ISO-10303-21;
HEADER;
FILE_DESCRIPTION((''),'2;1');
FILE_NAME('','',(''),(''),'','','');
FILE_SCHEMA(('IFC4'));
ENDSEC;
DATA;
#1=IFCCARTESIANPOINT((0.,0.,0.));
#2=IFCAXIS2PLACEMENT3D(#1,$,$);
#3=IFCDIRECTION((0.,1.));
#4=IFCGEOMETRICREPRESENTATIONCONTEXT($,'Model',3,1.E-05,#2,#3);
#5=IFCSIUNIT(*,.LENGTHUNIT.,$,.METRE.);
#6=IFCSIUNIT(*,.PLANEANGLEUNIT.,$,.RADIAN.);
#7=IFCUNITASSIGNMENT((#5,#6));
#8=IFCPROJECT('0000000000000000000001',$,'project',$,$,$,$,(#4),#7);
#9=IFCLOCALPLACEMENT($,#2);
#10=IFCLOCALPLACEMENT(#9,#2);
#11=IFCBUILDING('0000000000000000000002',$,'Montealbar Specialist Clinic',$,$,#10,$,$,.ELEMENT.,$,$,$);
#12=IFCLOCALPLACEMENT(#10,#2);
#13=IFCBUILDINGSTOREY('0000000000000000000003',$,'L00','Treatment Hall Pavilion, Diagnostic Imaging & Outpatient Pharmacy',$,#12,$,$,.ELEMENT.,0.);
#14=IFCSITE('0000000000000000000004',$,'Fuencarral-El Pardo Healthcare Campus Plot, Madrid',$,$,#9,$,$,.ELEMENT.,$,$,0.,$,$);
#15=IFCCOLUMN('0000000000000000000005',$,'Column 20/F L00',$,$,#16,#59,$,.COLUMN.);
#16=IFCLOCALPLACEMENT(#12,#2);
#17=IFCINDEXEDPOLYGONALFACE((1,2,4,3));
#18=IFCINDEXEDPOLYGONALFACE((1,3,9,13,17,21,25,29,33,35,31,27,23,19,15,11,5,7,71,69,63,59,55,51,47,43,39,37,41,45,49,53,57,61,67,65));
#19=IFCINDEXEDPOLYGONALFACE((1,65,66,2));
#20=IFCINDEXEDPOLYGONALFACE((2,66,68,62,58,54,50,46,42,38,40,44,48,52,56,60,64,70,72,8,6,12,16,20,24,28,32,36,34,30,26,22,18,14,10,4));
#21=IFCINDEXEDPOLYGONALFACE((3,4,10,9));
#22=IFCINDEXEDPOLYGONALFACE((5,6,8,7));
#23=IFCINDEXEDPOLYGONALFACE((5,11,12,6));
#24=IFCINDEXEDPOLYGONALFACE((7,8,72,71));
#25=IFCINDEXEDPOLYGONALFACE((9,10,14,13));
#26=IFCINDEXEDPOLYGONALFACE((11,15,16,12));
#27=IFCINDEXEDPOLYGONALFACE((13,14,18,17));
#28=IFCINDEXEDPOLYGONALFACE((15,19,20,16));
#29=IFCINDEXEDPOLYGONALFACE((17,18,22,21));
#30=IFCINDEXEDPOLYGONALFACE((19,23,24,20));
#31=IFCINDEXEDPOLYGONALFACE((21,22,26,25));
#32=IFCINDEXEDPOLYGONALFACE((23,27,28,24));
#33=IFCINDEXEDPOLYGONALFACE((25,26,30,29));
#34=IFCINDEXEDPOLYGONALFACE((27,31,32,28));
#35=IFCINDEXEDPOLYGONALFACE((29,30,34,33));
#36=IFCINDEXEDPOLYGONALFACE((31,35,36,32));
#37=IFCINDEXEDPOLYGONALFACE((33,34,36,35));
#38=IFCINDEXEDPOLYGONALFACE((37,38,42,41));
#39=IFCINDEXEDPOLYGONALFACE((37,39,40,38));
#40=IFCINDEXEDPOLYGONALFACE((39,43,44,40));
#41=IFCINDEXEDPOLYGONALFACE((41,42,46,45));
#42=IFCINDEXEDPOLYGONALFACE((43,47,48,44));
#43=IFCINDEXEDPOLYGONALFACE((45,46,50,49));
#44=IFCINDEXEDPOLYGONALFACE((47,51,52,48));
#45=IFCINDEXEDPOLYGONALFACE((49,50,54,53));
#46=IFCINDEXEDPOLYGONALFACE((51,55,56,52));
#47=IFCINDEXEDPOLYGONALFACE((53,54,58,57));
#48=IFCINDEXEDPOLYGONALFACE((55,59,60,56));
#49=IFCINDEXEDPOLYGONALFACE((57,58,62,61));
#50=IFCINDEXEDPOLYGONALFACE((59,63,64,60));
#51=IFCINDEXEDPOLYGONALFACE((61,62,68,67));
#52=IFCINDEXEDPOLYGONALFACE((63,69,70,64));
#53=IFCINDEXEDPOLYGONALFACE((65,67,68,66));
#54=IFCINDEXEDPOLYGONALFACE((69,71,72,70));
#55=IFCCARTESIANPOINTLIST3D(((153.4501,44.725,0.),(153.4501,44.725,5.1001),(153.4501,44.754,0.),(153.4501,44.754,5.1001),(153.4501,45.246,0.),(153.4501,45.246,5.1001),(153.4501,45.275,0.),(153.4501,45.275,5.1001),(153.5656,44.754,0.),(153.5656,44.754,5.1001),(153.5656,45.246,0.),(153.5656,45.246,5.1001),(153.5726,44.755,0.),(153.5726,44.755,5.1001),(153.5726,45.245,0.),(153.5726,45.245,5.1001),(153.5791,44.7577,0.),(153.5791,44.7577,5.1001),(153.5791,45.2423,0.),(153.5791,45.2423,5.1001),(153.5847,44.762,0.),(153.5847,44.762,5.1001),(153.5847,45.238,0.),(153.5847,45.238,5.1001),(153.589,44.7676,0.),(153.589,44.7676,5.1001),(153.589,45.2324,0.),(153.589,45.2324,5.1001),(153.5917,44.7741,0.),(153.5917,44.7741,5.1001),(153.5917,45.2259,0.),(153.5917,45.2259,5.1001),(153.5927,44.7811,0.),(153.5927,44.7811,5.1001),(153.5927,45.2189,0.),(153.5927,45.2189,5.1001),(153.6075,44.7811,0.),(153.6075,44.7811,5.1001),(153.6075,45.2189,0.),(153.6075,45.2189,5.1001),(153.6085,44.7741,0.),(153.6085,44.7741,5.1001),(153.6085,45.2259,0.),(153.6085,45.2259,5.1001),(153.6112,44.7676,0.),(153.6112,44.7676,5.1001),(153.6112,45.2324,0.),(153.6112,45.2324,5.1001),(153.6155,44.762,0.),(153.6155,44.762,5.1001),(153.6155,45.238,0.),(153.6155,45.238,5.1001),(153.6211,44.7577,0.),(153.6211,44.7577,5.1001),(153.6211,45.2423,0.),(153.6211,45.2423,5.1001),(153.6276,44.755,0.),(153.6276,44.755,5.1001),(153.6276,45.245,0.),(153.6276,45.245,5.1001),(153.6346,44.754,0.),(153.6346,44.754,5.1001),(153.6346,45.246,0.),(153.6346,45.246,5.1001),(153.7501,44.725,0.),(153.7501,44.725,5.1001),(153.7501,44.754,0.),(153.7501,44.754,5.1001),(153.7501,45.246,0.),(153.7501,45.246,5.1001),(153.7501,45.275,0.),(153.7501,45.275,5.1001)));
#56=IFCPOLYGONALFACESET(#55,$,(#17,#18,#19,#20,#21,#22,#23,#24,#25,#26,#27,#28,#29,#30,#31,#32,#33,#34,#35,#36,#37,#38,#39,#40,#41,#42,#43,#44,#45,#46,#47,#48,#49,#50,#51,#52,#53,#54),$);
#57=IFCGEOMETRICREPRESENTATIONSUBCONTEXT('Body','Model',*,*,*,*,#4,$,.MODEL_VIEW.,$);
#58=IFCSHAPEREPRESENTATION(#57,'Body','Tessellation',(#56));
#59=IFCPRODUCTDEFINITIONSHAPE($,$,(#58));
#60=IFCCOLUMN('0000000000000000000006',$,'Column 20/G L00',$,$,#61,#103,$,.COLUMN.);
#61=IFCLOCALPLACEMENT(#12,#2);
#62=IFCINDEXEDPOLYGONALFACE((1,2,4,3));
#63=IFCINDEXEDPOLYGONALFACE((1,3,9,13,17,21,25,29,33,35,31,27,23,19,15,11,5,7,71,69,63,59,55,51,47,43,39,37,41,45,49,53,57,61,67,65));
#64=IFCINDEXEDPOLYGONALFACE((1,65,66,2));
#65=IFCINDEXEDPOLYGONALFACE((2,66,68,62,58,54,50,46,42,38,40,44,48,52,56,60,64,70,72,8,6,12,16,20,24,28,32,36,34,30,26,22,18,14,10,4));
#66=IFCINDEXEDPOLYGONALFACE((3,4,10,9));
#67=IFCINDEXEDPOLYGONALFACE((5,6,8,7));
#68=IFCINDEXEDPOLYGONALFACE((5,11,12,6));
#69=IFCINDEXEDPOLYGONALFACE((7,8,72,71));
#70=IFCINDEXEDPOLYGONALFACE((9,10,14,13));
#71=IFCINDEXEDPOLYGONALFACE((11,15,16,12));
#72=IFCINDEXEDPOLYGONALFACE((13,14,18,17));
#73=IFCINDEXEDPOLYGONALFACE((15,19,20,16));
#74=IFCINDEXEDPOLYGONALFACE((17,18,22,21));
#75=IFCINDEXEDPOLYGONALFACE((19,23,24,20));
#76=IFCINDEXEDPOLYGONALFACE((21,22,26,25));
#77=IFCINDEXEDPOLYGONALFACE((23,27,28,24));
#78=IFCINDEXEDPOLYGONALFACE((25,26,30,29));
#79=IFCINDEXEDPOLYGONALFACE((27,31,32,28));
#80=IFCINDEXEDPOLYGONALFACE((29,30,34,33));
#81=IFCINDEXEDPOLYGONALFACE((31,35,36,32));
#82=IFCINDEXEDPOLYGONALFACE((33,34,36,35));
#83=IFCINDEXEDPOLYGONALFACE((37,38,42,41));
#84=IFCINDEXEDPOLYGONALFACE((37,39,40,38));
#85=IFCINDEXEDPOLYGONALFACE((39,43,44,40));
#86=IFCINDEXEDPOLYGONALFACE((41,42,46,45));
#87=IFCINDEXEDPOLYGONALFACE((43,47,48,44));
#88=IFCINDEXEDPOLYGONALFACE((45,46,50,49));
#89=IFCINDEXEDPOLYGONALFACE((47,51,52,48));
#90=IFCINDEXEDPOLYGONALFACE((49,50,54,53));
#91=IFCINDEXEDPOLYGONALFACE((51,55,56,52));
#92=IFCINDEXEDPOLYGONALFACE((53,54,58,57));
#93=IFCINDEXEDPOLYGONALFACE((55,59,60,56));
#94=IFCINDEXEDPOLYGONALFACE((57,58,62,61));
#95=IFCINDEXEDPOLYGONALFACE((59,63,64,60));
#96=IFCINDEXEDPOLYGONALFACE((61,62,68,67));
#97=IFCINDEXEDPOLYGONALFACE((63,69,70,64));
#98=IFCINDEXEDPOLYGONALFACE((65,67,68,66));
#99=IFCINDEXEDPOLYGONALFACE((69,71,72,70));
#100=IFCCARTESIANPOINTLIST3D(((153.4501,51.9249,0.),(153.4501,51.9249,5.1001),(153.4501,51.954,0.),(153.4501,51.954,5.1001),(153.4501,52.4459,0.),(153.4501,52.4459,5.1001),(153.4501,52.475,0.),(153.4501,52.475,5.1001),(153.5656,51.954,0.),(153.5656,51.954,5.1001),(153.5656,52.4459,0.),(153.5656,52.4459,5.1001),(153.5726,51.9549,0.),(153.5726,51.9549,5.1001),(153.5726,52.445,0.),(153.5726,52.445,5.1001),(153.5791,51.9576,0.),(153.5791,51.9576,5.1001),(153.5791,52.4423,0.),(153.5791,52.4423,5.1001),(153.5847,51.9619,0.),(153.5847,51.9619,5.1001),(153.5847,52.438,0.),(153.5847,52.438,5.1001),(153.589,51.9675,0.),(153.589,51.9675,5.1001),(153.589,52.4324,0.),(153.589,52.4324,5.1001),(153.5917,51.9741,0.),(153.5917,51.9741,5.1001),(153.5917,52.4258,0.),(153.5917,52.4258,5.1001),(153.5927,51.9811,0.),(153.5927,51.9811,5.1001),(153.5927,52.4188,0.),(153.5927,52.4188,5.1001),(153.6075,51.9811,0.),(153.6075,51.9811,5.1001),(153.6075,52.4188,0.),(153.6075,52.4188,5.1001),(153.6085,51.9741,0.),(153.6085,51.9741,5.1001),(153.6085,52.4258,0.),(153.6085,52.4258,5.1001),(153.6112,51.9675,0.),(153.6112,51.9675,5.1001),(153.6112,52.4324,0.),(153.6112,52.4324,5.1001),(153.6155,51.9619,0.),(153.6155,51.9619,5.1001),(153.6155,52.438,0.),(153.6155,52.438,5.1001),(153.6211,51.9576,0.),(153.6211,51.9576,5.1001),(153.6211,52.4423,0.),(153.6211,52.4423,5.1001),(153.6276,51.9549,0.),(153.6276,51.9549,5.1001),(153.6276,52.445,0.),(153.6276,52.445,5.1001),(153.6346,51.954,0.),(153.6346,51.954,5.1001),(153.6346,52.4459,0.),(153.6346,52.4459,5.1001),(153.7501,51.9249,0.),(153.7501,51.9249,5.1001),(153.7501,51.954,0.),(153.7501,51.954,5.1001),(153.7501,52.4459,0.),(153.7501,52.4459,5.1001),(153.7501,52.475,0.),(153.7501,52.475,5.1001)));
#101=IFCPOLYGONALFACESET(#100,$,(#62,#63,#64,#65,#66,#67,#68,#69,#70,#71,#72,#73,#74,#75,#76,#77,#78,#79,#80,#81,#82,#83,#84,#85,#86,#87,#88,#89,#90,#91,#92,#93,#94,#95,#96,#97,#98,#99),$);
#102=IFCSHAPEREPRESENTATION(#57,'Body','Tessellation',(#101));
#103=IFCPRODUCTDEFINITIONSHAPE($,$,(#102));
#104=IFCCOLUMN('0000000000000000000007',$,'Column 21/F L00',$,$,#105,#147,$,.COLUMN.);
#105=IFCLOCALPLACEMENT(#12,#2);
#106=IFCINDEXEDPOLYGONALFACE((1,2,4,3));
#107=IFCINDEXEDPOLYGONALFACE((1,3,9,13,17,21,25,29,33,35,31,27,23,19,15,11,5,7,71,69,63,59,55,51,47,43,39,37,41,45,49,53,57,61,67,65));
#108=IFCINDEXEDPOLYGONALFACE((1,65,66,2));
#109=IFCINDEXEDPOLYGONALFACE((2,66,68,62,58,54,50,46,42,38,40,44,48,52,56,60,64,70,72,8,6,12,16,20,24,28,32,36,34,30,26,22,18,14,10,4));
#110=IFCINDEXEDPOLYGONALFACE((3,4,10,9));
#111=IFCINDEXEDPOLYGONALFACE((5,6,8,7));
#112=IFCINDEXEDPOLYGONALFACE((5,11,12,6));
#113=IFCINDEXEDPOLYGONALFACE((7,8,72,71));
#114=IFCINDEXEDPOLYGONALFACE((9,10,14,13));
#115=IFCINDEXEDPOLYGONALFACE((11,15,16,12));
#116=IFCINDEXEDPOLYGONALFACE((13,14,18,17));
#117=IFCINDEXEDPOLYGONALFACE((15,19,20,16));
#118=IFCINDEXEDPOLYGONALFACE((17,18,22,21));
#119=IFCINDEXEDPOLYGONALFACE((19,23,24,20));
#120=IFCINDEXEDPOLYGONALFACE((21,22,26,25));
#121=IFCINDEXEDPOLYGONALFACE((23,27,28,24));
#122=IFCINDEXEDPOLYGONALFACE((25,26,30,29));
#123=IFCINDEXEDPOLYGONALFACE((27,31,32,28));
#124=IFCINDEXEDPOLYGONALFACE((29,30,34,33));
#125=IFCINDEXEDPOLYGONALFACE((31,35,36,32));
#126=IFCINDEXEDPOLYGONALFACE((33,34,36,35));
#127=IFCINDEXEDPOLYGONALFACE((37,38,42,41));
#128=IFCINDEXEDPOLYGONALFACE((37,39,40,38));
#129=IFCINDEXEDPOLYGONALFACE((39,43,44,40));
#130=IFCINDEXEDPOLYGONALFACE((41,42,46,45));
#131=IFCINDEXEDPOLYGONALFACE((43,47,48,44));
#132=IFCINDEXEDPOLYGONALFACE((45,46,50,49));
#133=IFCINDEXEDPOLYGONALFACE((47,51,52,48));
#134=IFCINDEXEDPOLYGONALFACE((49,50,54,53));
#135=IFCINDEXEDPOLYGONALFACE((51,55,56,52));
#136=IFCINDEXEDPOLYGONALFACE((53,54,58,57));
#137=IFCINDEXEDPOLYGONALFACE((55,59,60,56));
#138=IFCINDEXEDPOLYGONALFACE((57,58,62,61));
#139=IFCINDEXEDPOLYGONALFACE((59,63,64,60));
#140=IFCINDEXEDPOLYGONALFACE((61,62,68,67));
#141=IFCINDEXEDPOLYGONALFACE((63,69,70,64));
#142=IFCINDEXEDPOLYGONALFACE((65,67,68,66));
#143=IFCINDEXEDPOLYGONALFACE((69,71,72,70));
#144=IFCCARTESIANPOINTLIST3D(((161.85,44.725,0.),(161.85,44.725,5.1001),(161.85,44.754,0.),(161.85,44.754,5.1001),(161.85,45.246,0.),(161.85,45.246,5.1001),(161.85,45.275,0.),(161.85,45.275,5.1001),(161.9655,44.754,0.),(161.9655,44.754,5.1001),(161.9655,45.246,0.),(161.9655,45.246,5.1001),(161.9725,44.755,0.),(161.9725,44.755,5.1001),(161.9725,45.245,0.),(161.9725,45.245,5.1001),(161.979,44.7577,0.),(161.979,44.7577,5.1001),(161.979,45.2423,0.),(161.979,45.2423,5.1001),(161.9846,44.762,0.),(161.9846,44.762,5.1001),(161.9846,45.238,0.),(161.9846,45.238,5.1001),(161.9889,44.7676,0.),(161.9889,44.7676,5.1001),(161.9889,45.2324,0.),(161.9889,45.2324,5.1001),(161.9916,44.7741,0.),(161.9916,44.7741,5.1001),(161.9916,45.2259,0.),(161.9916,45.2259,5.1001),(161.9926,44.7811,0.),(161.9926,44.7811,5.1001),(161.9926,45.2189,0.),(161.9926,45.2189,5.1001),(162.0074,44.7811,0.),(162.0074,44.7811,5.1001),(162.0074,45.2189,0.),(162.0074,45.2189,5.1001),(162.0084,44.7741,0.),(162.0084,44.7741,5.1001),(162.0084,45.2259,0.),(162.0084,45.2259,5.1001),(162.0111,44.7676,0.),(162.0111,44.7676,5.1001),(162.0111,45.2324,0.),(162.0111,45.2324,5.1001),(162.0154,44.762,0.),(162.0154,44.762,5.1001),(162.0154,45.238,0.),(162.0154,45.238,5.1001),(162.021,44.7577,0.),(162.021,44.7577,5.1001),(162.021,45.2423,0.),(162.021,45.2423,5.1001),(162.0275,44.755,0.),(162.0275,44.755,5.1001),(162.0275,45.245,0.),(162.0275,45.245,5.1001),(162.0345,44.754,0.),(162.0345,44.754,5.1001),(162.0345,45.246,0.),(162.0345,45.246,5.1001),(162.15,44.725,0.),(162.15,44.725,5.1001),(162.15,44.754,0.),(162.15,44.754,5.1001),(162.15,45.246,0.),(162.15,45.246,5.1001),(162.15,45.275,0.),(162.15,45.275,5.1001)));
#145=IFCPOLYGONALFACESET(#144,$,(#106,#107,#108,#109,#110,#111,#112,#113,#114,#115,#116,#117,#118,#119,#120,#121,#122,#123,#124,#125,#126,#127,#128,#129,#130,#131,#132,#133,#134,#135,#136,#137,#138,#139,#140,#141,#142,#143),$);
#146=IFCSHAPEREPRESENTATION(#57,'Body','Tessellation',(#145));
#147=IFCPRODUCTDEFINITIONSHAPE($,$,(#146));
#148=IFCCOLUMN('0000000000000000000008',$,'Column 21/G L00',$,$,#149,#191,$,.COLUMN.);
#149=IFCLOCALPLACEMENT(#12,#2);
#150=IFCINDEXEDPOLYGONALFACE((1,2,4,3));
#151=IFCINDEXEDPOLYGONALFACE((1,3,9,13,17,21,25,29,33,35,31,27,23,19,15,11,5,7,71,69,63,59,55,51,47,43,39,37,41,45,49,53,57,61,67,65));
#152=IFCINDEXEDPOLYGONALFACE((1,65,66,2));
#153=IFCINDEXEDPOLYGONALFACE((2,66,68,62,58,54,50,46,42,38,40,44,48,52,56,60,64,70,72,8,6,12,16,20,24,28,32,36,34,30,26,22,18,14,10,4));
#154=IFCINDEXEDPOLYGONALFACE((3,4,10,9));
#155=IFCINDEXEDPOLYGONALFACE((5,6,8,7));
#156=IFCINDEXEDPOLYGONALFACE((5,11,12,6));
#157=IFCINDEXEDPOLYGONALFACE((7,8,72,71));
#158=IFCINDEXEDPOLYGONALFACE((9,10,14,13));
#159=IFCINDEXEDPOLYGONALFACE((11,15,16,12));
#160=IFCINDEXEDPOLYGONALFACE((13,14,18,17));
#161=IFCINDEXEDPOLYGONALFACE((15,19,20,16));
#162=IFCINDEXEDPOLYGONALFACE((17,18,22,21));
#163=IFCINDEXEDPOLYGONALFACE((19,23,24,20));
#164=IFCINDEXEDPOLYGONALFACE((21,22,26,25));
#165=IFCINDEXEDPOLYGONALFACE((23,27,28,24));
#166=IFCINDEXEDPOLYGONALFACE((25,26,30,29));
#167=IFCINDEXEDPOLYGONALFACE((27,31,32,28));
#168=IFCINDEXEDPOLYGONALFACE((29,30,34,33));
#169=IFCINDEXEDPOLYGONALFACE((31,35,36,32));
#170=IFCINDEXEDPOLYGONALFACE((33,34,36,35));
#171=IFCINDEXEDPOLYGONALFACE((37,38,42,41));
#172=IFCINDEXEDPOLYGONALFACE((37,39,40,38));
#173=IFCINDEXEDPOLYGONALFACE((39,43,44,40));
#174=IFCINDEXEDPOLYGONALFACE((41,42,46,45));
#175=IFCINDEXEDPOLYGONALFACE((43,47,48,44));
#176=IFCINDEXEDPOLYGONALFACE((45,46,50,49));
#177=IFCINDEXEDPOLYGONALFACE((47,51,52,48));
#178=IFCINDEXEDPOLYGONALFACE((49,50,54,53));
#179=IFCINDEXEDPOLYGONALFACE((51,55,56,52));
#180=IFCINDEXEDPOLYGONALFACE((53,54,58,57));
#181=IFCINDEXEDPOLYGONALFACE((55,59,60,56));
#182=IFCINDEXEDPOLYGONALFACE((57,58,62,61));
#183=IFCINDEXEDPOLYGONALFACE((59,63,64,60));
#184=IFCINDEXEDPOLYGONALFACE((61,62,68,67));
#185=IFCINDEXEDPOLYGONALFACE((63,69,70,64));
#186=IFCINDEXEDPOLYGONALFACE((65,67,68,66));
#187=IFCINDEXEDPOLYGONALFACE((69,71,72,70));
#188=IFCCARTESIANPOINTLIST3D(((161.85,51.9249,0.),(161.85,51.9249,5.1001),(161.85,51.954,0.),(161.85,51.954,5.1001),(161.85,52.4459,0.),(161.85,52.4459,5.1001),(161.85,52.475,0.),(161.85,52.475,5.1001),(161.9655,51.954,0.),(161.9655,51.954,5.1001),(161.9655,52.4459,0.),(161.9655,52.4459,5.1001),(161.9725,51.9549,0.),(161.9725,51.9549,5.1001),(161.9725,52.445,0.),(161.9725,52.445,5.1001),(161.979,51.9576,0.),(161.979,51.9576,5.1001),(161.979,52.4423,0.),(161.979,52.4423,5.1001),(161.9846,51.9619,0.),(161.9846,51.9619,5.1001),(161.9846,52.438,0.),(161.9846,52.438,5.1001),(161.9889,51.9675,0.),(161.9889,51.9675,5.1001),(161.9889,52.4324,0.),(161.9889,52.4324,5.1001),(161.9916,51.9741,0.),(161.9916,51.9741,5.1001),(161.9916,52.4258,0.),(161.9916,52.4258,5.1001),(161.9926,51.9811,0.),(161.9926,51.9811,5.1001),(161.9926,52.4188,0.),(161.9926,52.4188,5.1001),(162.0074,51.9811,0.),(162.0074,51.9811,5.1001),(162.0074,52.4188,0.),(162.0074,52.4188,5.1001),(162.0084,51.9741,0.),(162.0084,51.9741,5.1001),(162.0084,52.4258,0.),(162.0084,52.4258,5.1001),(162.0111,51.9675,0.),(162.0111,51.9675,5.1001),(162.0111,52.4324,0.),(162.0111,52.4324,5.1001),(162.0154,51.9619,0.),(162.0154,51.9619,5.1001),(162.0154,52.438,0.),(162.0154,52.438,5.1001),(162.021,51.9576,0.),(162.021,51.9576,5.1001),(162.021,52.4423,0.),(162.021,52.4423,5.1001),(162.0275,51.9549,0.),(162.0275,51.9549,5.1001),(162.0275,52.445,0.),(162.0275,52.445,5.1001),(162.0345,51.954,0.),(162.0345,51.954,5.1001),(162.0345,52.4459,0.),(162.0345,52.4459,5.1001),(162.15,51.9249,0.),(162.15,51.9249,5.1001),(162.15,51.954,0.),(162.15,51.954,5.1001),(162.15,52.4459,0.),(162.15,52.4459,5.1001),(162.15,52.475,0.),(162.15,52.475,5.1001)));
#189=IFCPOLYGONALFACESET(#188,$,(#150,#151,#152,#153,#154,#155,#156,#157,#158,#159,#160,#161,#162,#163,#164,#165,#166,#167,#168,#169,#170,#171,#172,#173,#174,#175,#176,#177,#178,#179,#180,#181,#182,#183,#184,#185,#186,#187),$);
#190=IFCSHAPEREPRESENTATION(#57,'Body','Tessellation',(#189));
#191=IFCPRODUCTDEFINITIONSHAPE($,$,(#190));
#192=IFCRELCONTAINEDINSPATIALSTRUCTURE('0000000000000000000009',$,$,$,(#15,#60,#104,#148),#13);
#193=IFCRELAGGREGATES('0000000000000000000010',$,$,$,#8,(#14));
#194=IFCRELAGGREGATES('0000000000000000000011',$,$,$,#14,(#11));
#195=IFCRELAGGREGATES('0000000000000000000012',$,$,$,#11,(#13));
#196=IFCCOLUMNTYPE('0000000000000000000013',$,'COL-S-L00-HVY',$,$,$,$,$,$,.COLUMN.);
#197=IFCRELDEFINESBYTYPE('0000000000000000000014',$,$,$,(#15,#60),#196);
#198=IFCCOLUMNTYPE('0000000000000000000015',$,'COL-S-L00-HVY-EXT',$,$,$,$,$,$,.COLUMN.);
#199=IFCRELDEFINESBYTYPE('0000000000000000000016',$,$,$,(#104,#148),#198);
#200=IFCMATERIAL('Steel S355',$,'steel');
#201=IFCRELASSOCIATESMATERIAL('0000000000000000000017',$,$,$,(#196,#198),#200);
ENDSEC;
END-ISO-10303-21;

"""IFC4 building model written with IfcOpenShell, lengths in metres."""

from ifc_helpers import new_model, si_unit, direction, frame, origin, origin_2d, place, context, subcontext, project, spatial, i_section, extrude, material, material_profile, profile_set, type_object, element, save


model = new_model("IFC4")

# Units and contexts
model_context = context("Model", 3, precision=1e-05, world=origin(), true_north=direction((0.0, 1.0)))
body_context = subcontext(model_context, "Body", "Model", "MODEL_VIEW")
ifc_project = project(units=[si_unit("LENGTHUNIT", "METRE"), si_unit("PLANEANGLEUNIT", "RADIAN")], contexts=[model_context])

# Site, building, storey
site_placement = place(None, origin())
site = spatial("IfcSite", under=ifc_project, at=site_placement, Name="Fuencarral-El Pardo Healthcare Campus Plot, Madrid", CompositionType="ELEMENT", RefElevation=0.0)
building_placement = place(site_placement, origin())
building = spatial("IfcBuilding", under=site, at=building_placement, Name="Montealbar Specialist Clinic", CompositionType="ELEMENT")
storey_placement = place(building_placement, origin())
storey = spatial("IfcBuildingStorey", under=building, at=storey_placement, Name="L00", Description="Treatment Hall Pavilion, Diagnostic Imaging & Outpatient Pharmacy", CompositionType="ELEMENT", Elevation=0.0)

# Columns
ifc_material_1 = material(Name="Steel S355", Category="steel")
ifc_material_profile_1 = material_profile(ifc_material_1, i_section(OverallWidth=0.3, OverallDepth=0.55, WebThickness=0.0149, FlangeThickness=0.0291, FilletRadius=0.0271, at=origin_2d()), Name="HEB 550", Category="steel")
ifc_profile_set_1 = profile_set([ifc_material_profile_1], Name="Steel S355")
column_type_1 = type_object("IfcColumnType", Name="COL-S-L00-HVY", PredefinedType="COLUMN", material=ifc_profile_set_1)
for number, where, z_axis, x_axis, name in (
    (1, (153.6001, 45.0, 0.0), (0.0, 0.0, 1.0), (1.0, 0.0, 0.0), "Column 20/F L00"),
    (2, (153.6001, 52.2, 0.0), (0.0, 0.0, 1.0), (1.0, 0.0, 0.0), "Column 20/G L00"),
):
    element("IfcColumn", number, at=place(storey_placement, frame(where, z_axis=z_axis, x_axis=x_axis)), inside=storey, type_object=column_type_1, Name=name, PredefinedType="COLUMN", context=body_context, shape_type="SweptSolid", body=[
        extrude(i_section(OverallWidth=0.3, OverallDepth=0.55, WebThickness=0.0149, FlangeThickness=0.0291, FilletRadius=0.0271, at=origin_2d()), origin(), (0.0, 0.0, 1.0), 5.1001),
    ])
ifc_material_profile_2 = material_profile(ifc_material_1, i_section(OverallWidth=0.3, OverallDepth=0.55, WebThickness=0.0149, FlangeThickness=0.0291, FilletRadius=0.0271, at=origin_2d()), Name="HEB 550", Category="steel")
ifc_profile_set_2 = profile_set([ifc_material_profile_2], Name="Steel S355")
column_type_2 = type_object("IfcColumnType", Name="COL-S-L00-HVY-EXT", PredefinedType="COLUMN", material=ifc_profile_set_2)
for number, where, z_axis, x_axis, name in (
    (3, (162.0, 45.0, 0.0), (0.0, 0.0, 1.0), (1.0, 0.0, 0.0), "Column 21/F L00"),
    (4, (162.0, 52.2, 0.0), (0.0, 0.0, 1.0), (1.0, 0.0, 0.0), "Column 21/G L00"),
):
    element("IfcColumn", number, at=place(storey_placement, frame(where, z_axis=z_axis, x_axis=x_axis)), inside=storey, type_object=column_type_2, Name=name, PredefinedType="COLUMN", context=body_context, shape_type="SweptSolid", body=[
        extrude(i_section(OverallWidth=0.3, OverallDepth=0.55, WebThickness=0.0149, FlangeThickness=0.0291, FilletRadius=0.0271, at=origin_2d()), origin(), (0.0, 0.0, 1.0), 5.1001),
    ])

save(model, "model.ifc")
